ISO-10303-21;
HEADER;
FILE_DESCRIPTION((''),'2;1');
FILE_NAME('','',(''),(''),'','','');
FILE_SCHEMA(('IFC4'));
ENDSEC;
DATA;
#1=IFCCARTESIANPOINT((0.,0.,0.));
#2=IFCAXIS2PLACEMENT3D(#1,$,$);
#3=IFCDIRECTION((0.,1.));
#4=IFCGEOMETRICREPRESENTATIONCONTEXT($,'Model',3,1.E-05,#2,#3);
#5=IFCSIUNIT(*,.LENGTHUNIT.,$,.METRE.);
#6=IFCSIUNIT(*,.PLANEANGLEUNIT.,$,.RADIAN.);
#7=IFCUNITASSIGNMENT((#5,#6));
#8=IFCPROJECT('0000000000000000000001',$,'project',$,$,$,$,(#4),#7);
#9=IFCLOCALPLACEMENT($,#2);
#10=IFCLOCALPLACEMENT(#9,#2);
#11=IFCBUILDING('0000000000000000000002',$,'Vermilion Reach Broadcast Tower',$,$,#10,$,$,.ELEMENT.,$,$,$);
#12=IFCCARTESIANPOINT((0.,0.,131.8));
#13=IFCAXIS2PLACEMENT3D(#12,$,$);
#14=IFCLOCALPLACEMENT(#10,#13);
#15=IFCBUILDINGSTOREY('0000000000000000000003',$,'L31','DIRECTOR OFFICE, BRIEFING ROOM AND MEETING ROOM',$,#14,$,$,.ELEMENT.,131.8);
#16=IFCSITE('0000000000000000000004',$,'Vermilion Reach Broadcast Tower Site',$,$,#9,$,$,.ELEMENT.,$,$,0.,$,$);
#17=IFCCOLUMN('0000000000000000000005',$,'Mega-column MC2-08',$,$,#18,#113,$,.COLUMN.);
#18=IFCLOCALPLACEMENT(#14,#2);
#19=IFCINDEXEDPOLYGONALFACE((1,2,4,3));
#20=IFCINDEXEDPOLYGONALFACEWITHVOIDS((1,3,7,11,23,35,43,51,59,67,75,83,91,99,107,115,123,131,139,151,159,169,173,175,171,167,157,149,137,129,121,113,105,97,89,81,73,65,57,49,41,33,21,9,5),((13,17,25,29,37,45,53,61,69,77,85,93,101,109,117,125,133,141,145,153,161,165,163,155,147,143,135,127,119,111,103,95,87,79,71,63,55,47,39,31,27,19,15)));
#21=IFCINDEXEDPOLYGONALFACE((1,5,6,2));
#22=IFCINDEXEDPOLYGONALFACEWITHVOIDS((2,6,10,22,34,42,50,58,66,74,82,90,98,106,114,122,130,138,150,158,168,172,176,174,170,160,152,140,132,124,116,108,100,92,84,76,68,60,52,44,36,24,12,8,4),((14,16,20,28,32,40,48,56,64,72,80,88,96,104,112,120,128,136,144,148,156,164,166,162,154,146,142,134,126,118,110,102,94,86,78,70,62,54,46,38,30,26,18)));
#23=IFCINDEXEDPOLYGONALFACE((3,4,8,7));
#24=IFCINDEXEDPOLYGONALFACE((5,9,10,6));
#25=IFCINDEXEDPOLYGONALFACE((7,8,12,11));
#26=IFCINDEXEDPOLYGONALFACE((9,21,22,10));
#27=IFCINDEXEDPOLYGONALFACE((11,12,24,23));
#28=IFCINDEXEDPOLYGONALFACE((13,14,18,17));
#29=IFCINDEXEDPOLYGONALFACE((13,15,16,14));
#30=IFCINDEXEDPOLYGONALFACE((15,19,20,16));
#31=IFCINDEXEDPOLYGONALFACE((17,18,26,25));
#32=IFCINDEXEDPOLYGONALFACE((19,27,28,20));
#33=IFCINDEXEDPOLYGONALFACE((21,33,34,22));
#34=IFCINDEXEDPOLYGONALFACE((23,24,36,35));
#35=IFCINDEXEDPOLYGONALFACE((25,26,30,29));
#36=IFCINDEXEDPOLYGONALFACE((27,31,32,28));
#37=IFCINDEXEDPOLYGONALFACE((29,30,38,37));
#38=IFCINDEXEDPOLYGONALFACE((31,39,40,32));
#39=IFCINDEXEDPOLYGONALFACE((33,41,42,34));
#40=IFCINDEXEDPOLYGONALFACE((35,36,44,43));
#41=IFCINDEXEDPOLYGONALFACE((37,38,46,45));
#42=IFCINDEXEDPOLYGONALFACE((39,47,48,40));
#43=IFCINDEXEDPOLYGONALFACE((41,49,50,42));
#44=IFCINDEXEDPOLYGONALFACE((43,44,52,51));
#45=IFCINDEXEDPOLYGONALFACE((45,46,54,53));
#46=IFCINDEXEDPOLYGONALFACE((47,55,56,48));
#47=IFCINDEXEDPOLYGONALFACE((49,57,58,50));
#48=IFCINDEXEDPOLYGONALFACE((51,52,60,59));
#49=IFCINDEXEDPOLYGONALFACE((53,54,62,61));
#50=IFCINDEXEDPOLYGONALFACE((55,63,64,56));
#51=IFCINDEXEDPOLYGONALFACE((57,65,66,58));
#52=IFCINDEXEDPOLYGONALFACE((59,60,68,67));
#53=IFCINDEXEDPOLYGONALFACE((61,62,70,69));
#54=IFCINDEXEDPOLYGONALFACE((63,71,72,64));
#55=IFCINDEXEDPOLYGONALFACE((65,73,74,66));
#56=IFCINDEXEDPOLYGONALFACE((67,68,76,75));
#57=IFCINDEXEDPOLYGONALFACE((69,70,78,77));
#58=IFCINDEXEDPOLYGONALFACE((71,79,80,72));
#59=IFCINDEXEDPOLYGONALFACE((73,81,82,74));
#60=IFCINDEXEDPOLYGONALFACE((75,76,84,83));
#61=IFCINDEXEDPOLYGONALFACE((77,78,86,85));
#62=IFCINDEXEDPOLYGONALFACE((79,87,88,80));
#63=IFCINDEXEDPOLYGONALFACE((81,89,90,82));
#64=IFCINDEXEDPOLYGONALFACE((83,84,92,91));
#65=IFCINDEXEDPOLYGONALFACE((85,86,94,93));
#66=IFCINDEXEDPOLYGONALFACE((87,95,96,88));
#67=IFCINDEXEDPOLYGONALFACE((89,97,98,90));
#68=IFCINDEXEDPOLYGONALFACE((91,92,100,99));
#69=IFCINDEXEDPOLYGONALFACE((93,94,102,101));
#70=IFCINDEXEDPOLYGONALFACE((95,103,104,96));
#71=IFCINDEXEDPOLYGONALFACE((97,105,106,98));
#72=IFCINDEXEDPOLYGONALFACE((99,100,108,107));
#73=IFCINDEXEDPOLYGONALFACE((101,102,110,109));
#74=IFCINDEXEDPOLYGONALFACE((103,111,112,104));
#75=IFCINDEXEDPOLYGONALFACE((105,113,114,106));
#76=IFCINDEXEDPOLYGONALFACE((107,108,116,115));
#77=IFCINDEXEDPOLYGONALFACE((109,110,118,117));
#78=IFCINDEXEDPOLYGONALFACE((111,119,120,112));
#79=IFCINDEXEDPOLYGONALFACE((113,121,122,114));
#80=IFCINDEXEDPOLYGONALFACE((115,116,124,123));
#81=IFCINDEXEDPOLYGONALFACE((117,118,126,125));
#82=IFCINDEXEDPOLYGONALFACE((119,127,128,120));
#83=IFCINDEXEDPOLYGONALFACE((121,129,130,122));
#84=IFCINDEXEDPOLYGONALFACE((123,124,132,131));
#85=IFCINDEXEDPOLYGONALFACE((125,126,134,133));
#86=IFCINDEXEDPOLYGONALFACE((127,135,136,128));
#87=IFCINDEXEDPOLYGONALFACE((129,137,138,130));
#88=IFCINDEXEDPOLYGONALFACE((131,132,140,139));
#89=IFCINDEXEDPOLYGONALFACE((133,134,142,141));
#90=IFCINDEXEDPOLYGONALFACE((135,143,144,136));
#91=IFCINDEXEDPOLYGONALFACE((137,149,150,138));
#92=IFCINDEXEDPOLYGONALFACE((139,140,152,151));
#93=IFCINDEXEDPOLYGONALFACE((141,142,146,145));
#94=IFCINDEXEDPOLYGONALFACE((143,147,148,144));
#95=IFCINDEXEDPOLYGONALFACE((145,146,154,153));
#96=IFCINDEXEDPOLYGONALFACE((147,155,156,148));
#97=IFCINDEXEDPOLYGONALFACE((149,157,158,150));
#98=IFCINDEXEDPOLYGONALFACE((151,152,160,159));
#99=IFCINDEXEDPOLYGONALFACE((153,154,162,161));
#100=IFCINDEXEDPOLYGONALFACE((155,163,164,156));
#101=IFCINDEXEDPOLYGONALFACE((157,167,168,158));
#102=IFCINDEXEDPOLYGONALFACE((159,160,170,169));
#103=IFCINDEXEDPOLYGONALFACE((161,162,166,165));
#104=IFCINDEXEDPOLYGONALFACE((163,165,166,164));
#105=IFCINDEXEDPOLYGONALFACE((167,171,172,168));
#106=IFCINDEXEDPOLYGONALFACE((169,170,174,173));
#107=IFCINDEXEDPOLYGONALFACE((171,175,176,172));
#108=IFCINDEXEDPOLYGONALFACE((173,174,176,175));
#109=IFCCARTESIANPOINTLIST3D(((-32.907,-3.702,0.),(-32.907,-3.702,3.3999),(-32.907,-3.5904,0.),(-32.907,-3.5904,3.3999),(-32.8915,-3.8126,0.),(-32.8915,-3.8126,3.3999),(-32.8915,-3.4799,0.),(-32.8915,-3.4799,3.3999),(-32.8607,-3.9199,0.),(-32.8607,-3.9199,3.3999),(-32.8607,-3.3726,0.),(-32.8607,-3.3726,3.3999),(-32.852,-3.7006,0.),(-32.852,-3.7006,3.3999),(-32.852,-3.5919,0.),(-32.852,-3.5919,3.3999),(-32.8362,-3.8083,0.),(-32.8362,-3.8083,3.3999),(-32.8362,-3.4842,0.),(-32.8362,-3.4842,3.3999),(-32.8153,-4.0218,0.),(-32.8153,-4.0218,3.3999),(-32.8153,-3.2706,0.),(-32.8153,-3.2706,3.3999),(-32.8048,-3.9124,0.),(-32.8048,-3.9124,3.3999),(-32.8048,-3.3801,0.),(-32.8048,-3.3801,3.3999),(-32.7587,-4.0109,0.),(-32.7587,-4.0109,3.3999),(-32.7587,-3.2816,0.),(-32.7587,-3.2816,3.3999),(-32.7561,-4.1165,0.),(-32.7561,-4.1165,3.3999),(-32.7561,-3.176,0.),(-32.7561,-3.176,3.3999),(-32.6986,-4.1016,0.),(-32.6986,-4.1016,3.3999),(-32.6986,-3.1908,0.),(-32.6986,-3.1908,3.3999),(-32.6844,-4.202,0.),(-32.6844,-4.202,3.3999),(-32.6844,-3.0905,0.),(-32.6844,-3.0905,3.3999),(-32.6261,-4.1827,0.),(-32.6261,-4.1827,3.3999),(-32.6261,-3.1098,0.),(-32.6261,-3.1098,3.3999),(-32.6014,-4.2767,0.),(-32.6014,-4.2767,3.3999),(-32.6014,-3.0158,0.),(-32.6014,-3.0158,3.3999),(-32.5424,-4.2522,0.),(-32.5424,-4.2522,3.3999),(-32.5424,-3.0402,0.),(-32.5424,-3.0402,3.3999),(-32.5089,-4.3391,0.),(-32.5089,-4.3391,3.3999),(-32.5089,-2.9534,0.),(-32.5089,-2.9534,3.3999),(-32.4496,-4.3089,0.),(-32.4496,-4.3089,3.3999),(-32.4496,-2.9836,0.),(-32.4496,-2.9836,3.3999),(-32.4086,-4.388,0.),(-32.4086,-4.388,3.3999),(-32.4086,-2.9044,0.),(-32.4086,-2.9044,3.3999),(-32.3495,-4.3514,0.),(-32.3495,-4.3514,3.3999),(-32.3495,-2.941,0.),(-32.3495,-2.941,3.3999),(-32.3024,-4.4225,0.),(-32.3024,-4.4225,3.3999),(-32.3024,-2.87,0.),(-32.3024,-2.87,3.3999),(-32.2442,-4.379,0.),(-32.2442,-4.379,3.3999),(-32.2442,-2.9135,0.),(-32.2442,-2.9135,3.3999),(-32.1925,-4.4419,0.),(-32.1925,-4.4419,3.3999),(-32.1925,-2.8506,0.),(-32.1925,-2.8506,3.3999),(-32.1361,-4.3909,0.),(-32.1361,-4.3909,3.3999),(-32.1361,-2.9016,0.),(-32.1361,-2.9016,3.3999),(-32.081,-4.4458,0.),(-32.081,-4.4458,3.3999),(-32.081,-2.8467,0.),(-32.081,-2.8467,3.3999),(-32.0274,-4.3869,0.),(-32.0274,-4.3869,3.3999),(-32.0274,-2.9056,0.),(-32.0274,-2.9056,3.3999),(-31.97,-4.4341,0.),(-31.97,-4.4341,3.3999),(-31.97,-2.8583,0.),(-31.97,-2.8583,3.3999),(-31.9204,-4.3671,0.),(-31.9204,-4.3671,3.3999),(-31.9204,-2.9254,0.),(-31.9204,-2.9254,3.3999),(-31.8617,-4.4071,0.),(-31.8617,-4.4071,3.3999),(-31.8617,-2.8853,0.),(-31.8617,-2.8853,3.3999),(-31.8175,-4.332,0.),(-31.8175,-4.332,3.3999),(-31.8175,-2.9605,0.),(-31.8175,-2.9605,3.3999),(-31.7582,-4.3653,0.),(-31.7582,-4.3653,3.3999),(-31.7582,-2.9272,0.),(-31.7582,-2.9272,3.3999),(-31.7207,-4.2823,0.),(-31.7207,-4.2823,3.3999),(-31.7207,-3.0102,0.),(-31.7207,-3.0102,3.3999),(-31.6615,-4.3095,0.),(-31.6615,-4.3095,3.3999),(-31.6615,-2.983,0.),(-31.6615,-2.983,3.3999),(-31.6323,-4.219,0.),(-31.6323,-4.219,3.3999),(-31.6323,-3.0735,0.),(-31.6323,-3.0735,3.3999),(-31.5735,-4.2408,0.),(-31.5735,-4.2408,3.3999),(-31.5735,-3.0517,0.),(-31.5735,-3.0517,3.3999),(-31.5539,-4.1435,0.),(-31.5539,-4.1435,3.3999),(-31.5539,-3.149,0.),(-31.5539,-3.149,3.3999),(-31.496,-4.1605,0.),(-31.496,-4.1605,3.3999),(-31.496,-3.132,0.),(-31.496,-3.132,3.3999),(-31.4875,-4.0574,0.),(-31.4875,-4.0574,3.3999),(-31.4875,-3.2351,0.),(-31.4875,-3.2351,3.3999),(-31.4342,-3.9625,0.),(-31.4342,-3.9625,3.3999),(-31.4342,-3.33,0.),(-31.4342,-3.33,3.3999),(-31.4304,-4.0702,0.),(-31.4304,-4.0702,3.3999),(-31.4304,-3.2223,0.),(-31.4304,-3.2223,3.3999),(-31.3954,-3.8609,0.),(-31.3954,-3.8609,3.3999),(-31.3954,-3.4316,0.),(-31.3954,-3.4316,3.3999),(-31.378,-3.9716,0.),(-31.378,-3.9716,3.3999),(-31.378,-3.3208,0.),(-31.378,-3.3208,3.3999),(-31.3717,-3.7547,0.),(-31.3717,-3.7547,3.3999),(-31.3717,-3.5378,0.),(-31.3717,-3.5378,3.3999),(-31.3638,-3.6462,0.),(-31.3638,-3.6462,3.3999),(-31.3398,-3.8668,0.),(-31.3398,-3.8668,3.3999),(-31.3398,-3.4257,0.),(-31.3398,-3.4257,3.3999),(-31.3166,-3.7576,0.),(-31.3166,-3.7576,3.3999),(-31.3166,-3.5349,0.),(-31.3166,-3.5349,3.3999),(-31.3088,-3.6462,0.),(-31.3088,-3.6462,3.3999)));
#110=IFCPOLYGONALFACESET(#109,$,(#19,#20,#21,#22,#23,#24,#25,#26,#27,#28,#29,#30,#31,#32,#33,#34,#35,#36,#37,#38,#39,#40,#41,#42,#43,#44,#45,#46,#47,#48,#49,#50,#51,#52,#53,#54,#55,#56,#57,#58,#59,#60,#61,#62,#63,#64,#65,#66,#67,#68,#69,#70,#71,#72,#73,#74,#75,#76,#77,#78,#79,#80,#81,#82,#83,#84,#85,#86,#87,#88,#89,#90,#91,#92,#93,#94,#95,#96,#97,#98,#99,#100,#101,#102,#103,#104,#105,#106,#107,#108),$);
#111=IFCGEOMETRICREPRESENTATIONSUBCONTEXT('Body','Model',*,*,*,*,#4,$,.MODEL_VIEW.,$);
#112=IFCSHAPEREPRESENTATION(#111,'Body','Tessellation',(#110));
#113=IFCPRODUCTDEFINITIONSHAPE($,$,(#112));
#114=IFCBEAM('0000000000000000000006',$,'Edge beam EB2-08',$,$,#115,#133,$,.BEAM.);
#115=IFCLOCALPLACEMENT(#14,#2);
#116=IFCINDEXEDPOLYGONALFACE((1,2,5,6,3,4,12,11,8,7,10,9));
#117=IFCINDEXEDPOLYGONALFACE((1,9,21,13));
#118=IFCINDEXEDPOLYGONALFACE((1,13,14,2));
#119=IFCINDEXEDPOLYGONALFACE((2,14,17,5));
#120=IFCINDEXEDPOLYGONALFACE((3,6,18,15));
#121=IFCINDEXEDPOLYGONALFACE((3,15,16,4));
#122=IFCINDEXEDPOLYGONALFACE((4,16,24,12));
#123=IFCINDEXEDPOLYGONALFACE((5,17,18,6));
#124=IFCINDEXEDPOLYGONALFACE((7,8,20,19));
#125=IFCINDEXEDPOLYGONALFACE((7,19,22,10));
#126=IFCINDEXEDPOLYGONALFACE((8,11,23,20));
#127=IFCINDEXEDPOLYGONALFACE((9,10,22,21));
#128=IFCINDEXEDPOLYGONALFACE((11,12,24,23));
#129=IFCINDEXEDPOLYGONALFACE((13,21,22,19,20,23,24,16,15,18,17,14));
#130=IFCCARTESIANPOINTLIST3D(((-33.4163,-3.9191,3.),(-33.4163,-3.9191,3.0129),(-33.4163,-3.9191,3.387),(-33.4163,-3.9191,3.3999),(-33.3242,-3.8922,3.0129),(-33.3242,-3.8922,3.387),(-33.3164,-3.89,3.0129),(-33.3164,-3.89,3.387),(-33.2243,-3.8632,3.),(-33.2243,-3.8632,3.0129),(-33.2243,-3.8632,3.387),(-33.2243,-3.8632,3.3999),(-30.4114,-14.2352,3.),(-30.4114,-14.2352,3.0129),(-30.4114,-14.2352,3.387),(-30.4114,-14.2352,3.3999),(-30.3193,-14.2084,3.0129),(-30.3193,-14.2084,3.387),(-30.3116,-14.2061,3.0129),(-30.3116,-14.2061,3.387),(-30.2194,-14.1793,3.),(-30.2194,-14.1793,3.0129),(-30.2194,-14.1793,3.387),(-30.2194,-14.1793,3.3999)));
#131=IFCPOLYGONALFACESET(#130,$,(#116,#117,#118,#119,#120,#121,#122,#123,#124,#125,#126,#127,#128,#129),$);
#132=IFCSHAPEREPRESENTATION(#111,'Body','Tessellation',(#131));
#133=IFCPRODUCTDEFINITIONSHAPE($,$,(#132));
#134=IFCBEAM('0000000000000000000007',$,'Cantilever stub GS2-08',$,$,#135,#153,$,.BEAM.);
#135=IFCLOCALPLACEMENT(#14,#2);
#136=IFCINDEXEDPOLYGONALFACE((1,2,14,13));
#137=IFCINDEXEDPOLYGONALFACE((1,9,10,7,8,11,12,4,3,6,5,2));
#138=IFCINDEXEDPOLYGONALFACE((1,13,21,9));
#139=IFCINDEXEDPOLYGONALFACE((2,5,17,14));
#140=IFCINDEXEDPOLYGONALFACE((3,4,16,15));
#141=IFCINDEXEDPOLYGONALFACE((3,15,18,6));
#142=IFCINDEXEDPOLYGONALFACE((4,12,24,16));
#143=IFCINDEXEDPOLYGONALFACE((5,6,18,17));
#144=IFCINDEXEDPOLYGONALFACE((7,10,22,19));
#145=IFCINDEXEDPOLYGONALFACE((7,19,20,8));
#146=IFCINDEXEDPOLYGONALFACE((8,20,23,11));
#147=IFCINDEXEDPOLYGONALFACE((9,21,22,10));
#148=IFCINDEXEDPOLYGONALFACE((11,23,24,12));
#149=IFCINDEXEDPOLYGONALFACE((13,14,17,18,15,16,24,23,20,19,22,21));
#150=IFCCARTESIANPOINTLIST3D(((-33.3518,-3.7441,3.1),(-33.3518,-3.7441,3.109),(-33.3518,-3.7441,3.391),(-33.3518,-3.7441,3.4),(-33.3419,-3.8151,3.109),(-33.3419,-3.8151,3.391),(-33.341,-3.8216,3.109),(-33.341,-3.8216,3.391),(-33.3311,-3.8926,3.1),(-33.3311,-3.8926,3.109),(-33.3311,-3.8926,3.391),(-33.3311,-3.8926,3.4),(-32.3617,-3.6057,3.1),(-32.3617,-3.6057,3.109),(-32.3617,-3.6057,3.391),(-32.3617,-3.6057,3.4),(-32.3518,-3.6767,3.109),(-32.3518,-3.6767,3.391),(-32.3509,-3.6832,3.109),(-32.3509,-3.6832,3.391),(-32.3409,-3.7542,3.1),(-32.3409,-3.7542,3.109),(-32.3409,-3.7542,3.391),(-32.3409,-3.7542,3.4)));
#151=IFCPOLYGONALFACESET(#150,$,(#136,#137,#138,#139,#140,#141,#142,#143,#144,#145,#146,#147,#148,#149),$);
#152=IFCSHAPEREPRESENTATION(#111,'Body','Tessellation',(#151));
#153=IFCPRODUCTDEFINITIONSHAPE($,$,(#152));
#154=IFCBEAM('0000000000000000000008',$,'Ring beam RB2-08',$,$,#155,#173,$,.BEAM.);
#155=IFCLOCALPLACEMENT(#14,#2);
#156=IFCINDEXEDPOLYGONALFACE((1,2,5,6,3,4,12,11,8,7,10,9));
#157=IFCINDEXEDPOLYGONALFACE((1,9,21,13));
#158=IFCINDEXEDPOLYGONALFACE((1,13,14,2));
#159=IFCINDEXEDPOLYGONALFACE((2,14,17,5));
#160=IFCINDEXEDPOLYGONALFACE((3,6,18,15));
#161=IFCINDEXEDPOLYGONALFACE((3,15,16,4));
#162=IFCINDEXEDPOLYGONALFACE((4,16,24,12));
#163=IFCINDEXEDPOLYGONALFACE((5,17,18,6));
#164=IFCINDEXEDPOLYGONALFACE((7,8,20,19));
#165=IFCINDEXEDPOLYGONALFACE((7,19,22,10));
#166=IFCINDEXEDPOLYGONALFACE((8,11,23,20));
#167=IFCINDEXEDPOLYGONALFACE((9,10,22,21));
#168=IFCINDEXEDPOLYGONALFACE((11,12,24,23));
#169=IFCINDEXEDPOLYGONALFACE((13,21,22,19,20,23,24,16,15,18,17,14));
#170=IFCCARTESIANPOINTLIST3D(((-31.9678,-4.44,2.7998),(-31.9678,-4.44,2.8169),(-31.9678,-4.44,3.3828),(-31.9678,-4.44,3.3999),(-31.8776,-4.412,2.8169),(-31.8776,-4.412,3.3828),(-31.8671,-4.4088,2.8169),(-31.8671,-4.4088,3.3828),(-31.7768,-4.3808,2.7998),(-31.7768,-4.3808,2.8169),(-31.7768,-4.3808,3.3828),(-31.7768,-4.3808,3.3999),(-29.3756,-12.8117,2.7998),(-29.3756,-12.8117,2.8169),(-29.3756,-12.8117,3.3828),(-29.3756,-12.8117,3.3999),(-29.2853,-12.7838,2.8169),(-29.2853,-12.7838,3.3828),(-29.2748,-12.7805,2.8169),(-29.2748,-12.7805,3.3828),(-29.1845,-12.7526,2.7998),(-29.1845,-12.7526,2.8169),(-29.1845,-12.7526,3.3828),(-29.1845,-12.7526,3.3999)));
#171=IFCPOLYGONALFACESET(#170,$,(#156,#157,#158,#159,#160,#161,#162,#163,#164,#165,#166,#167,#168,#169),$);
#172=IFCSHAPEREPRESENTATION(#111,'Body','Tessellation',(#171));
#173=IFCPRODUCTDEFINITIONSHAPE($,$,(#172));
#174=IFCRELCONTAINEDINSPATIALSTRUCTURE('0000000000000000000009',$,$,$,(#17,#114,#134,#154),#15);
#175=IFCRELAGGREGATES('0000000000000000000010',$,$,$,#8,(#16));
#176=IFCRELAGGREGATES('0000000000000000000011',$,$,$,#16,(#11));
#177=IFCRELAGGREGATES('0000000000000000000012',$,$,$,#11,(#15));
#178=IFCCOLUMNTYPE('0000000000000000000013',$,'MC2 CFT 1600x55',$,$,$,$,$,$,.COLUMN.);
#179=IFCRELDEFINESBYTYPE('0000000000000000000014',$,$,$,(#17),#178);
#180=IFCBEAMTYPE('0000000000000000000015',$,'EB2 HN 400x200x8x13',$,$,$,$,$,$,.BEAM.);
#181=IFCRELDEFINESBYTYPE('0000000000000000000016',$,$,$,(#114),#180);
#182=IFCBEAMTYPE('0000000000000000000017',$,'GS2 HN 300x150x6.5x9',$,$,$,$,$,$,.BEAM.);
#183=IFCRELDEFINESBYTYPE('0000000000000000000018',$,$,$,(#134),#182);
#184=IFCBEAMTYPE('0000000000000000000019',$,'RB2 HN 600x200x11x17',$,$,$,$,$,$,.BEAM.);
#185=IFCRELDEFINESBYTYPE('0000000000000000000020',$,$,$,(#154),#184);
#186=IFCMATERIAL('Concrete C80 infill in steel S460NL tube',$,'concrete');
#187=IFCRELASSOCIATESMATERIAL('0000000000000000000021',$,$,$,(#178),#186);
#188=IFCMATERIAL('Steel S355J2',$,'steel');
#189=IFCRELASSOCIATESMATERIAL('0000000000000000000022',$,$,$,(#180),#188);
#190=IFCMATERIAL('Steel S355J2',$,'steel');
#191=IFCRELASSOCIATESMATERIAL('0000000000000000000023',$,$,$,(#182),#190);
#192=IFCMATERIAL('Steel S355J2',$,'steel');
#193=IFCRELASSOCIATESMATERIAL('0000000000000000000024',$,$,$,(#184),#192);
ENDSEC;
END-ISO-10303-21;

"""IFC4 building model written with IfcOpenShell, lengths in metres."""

from ifc_helpers import new_model, si_unit, direction, frame, origin, origin_2d, place, context, subcontext, project, spatial, hollow_circle, i_section, extrude, material, material_profile, profile_set, type_object, element, save


model = new_model("IFC4")

# Units and contexts
model_context = context("Model", 3, precision=1e-05, world=origin(), true_north=direction((0.0, 1.0)))
body_context = subcontext(model_context, "Body", "Model", "MODEL_VIEW")
ifc_project = project(units=[si_unit("LENGTHUNIT", "METRE"), si_unit("PLANEANGLEUNIT", "RADIAN")], contexts=[model_context])

# Site, building, storey
site_placement = place(None, origin())
site = spatial("IfcSite", under=ifc_project, at=site_placement, Name="Vermilion Reach Broadcast Tower Site", CompositionType="ELEMENT", RefElevation=0.0)
building_placement = place(site_placement, origin())
building = spatial("IfcBuilding", under=site, at=building_placement, Name="Vermilion Reach Broadcast Tower", CompositionType="ELEMENT")
storey_placement = place(building_placement, frame((0.0, 0.0, 131.8)))
storey = spatial("IfcBuildingStorey", under=building, at=storey_placement, Name="L31", Description="DIRECTOR OFFICE, BRIEFING ROOM AND MEETING ROOM", CompositionType="ELEMENT", Elevation=131.8)

# Column
ifc_material_1 = material(Name="Concrete C80 infill in steel S460NL tube", Category="concrete")
ifc_material_profile_1 = material_profile(ifc_material_1, hollow_circle(Radius=0.8, WallThickness=0.0549, at=origin_2d()), Name="Concrete C80 infill in steel S460NL tube CFT 1600x55")
ifc_profile_set_1 = profile_set([ifc_material_profile_1], Name="Concrete C80 infill in steel S460NL tube")
column_type = type_object("IfcColumnType", Name="MC2 CFT 1600x55", PredefinedType="COLUMN", material=ifc_profile_set_1)
column_placement = place(storey_placement, frame((-32.1089, -3.6462, 0.0), z_axis=(0.0, 0.0, 1.0), x_axis=(1.0, 0.0, 0.0)))
element("IfcColumn", 1, at=column_placement, inside=storey, type_object=column_type, Name="Mega-column MC2-08", PredefinedType="COLUMN", context=body_context, shape_type="SweptSolid", body=[
    extrude(hollow_circle(Radius=0.8, WallThickness=0.0549, at=origin_2d()), origin(), (0.0, 0.0, 1.0), 3.3999),
])

# Beams
ifc_material_2 = material(Name="Steel S355J2", Category="steel")
ifc_material_profile_2 = material_profile(ifc_material_2, i_section(OverallWidth=0.2, OverallDepth=0.3999, WebThickness=0.0081, FlangeThickness=0.0129, at=origin_2d()), Name="S355J2 HN 400x200x8x13")
ifc_profile_set_2 = profile_set([ifc_material_profile_2], Name="Steel S355J2")
beam_type_1 = type_object("IfcBeamType", Name="EB2 HN 400x200x8x13", PredefinedType="BEAM", material=ifc_profile_set_2)
beam_1_placement = place(storey_placement, frame((-33.3203, -3.8911, 3.2), z_axis=(0.279657, -0.9601, 0.0), x_axis=(0.9601, 0.279657, 0.0)))
element("IfcBeam", 2, at=beam_1_placement, inside=storey, type_object=beam_type_1, Name="Edge beam EB2-08", PredefinedType="BEAM", context=body_context, shape_type="SweptSolid", body=[
    extrude(i_section(OverallWidth=0.2, OverallDepth=0.3999, WebThickness=0.0081, FlangeThickness=0.0129, at=origin_2d()), origin(), (0.0, 0.0, 1.0), 10.7449),
])
ifc_material_3 = material(Name="Steel S355J2", Category="steel")
ifc_material_profile_3 = material_profile(ifc_material_3, i_section(OverallWidth=0.1499, OverallDepth=0.3, WebThickness=0.0066, FlangeThickness=0.009, at=origin_2d()), Name="S355J2 HN 300x150x6.5x9")
ifc_profile_set_3 = profile_set([ifc_material_profile_3], Name="Steel S355J2")
beam_type_2 = type_object("IfcBeamType", Name="GS2 HN 300x150x6.5x9", PredefinedType="BEAM", material=ifc_profile_set_3)
beam_2_placement = place(storey_placement, frame((-32.3513, -3.6799, 3.25), z_axis=(-0.99037, -0.138447, 0.0), x_axis=(0.138447, -0.99037, 0.0)))
element("IfcBeam", 3, at=beam_2_placement, inside=storey, type_object=beam_type_2, Name="Cantilever stub GS2-08", PredefinedType="BEAM", context=body_context, shape_type="SweptSolid", body=[
    extrude(i_section(OverallWidth=0.1499, OverallDepth=0.3, WebThickness=0.0066, FlangeThickness=0.009, at=origin_2d()), origin(), (0.0, 0.0, 1.0), 0.9998),
])
ifc_material_4 = material(Name="Steel S355J2", Category="steel")
ifc_material_profile_4 = material_profile(ifc_material_4, i_section(OverallWidth=0.2, OverallDepth=0.6001, WebThickness=0.011, FlangeThickness=0.0171, at=origin_2d()), Name="S355J2 HN 600x200x11x17")
ifc_profile_set_4 = profile_set([ifc_material_profile_4], Name="Steel S355J2")
beam_type_3 = type_object("IfcBeamType", Name="RB2 HN 600x200x11x17", PredefinedType="BEAM", material=ifc_profile_set_4)
beam_3_placement = place(storey_placement, frame((-31.8723, -4.4104, 3.0999), z_axis=(0.295788, -0.955253, 0.0), x_axis=(0.955253, 0.295788, 0.0)))
element("IfcBeam", 4, at=beam_3_placement, inside=storey, type_object=beam_type_3, Name="Ring beam RB2-08", PredefinedType="BEAM", context=body_context, shape_type="SweptSolid", body=[
    extrude(i_section(OverallWidth=0.2, OverallDepth=0.6001, WebThickness=0.011, FlangeThickness=0.0171, at=origin_2d()), origin(), (0.0, 0.0, 1.0), 8.7639),
])

save(model, "model.ifc")
